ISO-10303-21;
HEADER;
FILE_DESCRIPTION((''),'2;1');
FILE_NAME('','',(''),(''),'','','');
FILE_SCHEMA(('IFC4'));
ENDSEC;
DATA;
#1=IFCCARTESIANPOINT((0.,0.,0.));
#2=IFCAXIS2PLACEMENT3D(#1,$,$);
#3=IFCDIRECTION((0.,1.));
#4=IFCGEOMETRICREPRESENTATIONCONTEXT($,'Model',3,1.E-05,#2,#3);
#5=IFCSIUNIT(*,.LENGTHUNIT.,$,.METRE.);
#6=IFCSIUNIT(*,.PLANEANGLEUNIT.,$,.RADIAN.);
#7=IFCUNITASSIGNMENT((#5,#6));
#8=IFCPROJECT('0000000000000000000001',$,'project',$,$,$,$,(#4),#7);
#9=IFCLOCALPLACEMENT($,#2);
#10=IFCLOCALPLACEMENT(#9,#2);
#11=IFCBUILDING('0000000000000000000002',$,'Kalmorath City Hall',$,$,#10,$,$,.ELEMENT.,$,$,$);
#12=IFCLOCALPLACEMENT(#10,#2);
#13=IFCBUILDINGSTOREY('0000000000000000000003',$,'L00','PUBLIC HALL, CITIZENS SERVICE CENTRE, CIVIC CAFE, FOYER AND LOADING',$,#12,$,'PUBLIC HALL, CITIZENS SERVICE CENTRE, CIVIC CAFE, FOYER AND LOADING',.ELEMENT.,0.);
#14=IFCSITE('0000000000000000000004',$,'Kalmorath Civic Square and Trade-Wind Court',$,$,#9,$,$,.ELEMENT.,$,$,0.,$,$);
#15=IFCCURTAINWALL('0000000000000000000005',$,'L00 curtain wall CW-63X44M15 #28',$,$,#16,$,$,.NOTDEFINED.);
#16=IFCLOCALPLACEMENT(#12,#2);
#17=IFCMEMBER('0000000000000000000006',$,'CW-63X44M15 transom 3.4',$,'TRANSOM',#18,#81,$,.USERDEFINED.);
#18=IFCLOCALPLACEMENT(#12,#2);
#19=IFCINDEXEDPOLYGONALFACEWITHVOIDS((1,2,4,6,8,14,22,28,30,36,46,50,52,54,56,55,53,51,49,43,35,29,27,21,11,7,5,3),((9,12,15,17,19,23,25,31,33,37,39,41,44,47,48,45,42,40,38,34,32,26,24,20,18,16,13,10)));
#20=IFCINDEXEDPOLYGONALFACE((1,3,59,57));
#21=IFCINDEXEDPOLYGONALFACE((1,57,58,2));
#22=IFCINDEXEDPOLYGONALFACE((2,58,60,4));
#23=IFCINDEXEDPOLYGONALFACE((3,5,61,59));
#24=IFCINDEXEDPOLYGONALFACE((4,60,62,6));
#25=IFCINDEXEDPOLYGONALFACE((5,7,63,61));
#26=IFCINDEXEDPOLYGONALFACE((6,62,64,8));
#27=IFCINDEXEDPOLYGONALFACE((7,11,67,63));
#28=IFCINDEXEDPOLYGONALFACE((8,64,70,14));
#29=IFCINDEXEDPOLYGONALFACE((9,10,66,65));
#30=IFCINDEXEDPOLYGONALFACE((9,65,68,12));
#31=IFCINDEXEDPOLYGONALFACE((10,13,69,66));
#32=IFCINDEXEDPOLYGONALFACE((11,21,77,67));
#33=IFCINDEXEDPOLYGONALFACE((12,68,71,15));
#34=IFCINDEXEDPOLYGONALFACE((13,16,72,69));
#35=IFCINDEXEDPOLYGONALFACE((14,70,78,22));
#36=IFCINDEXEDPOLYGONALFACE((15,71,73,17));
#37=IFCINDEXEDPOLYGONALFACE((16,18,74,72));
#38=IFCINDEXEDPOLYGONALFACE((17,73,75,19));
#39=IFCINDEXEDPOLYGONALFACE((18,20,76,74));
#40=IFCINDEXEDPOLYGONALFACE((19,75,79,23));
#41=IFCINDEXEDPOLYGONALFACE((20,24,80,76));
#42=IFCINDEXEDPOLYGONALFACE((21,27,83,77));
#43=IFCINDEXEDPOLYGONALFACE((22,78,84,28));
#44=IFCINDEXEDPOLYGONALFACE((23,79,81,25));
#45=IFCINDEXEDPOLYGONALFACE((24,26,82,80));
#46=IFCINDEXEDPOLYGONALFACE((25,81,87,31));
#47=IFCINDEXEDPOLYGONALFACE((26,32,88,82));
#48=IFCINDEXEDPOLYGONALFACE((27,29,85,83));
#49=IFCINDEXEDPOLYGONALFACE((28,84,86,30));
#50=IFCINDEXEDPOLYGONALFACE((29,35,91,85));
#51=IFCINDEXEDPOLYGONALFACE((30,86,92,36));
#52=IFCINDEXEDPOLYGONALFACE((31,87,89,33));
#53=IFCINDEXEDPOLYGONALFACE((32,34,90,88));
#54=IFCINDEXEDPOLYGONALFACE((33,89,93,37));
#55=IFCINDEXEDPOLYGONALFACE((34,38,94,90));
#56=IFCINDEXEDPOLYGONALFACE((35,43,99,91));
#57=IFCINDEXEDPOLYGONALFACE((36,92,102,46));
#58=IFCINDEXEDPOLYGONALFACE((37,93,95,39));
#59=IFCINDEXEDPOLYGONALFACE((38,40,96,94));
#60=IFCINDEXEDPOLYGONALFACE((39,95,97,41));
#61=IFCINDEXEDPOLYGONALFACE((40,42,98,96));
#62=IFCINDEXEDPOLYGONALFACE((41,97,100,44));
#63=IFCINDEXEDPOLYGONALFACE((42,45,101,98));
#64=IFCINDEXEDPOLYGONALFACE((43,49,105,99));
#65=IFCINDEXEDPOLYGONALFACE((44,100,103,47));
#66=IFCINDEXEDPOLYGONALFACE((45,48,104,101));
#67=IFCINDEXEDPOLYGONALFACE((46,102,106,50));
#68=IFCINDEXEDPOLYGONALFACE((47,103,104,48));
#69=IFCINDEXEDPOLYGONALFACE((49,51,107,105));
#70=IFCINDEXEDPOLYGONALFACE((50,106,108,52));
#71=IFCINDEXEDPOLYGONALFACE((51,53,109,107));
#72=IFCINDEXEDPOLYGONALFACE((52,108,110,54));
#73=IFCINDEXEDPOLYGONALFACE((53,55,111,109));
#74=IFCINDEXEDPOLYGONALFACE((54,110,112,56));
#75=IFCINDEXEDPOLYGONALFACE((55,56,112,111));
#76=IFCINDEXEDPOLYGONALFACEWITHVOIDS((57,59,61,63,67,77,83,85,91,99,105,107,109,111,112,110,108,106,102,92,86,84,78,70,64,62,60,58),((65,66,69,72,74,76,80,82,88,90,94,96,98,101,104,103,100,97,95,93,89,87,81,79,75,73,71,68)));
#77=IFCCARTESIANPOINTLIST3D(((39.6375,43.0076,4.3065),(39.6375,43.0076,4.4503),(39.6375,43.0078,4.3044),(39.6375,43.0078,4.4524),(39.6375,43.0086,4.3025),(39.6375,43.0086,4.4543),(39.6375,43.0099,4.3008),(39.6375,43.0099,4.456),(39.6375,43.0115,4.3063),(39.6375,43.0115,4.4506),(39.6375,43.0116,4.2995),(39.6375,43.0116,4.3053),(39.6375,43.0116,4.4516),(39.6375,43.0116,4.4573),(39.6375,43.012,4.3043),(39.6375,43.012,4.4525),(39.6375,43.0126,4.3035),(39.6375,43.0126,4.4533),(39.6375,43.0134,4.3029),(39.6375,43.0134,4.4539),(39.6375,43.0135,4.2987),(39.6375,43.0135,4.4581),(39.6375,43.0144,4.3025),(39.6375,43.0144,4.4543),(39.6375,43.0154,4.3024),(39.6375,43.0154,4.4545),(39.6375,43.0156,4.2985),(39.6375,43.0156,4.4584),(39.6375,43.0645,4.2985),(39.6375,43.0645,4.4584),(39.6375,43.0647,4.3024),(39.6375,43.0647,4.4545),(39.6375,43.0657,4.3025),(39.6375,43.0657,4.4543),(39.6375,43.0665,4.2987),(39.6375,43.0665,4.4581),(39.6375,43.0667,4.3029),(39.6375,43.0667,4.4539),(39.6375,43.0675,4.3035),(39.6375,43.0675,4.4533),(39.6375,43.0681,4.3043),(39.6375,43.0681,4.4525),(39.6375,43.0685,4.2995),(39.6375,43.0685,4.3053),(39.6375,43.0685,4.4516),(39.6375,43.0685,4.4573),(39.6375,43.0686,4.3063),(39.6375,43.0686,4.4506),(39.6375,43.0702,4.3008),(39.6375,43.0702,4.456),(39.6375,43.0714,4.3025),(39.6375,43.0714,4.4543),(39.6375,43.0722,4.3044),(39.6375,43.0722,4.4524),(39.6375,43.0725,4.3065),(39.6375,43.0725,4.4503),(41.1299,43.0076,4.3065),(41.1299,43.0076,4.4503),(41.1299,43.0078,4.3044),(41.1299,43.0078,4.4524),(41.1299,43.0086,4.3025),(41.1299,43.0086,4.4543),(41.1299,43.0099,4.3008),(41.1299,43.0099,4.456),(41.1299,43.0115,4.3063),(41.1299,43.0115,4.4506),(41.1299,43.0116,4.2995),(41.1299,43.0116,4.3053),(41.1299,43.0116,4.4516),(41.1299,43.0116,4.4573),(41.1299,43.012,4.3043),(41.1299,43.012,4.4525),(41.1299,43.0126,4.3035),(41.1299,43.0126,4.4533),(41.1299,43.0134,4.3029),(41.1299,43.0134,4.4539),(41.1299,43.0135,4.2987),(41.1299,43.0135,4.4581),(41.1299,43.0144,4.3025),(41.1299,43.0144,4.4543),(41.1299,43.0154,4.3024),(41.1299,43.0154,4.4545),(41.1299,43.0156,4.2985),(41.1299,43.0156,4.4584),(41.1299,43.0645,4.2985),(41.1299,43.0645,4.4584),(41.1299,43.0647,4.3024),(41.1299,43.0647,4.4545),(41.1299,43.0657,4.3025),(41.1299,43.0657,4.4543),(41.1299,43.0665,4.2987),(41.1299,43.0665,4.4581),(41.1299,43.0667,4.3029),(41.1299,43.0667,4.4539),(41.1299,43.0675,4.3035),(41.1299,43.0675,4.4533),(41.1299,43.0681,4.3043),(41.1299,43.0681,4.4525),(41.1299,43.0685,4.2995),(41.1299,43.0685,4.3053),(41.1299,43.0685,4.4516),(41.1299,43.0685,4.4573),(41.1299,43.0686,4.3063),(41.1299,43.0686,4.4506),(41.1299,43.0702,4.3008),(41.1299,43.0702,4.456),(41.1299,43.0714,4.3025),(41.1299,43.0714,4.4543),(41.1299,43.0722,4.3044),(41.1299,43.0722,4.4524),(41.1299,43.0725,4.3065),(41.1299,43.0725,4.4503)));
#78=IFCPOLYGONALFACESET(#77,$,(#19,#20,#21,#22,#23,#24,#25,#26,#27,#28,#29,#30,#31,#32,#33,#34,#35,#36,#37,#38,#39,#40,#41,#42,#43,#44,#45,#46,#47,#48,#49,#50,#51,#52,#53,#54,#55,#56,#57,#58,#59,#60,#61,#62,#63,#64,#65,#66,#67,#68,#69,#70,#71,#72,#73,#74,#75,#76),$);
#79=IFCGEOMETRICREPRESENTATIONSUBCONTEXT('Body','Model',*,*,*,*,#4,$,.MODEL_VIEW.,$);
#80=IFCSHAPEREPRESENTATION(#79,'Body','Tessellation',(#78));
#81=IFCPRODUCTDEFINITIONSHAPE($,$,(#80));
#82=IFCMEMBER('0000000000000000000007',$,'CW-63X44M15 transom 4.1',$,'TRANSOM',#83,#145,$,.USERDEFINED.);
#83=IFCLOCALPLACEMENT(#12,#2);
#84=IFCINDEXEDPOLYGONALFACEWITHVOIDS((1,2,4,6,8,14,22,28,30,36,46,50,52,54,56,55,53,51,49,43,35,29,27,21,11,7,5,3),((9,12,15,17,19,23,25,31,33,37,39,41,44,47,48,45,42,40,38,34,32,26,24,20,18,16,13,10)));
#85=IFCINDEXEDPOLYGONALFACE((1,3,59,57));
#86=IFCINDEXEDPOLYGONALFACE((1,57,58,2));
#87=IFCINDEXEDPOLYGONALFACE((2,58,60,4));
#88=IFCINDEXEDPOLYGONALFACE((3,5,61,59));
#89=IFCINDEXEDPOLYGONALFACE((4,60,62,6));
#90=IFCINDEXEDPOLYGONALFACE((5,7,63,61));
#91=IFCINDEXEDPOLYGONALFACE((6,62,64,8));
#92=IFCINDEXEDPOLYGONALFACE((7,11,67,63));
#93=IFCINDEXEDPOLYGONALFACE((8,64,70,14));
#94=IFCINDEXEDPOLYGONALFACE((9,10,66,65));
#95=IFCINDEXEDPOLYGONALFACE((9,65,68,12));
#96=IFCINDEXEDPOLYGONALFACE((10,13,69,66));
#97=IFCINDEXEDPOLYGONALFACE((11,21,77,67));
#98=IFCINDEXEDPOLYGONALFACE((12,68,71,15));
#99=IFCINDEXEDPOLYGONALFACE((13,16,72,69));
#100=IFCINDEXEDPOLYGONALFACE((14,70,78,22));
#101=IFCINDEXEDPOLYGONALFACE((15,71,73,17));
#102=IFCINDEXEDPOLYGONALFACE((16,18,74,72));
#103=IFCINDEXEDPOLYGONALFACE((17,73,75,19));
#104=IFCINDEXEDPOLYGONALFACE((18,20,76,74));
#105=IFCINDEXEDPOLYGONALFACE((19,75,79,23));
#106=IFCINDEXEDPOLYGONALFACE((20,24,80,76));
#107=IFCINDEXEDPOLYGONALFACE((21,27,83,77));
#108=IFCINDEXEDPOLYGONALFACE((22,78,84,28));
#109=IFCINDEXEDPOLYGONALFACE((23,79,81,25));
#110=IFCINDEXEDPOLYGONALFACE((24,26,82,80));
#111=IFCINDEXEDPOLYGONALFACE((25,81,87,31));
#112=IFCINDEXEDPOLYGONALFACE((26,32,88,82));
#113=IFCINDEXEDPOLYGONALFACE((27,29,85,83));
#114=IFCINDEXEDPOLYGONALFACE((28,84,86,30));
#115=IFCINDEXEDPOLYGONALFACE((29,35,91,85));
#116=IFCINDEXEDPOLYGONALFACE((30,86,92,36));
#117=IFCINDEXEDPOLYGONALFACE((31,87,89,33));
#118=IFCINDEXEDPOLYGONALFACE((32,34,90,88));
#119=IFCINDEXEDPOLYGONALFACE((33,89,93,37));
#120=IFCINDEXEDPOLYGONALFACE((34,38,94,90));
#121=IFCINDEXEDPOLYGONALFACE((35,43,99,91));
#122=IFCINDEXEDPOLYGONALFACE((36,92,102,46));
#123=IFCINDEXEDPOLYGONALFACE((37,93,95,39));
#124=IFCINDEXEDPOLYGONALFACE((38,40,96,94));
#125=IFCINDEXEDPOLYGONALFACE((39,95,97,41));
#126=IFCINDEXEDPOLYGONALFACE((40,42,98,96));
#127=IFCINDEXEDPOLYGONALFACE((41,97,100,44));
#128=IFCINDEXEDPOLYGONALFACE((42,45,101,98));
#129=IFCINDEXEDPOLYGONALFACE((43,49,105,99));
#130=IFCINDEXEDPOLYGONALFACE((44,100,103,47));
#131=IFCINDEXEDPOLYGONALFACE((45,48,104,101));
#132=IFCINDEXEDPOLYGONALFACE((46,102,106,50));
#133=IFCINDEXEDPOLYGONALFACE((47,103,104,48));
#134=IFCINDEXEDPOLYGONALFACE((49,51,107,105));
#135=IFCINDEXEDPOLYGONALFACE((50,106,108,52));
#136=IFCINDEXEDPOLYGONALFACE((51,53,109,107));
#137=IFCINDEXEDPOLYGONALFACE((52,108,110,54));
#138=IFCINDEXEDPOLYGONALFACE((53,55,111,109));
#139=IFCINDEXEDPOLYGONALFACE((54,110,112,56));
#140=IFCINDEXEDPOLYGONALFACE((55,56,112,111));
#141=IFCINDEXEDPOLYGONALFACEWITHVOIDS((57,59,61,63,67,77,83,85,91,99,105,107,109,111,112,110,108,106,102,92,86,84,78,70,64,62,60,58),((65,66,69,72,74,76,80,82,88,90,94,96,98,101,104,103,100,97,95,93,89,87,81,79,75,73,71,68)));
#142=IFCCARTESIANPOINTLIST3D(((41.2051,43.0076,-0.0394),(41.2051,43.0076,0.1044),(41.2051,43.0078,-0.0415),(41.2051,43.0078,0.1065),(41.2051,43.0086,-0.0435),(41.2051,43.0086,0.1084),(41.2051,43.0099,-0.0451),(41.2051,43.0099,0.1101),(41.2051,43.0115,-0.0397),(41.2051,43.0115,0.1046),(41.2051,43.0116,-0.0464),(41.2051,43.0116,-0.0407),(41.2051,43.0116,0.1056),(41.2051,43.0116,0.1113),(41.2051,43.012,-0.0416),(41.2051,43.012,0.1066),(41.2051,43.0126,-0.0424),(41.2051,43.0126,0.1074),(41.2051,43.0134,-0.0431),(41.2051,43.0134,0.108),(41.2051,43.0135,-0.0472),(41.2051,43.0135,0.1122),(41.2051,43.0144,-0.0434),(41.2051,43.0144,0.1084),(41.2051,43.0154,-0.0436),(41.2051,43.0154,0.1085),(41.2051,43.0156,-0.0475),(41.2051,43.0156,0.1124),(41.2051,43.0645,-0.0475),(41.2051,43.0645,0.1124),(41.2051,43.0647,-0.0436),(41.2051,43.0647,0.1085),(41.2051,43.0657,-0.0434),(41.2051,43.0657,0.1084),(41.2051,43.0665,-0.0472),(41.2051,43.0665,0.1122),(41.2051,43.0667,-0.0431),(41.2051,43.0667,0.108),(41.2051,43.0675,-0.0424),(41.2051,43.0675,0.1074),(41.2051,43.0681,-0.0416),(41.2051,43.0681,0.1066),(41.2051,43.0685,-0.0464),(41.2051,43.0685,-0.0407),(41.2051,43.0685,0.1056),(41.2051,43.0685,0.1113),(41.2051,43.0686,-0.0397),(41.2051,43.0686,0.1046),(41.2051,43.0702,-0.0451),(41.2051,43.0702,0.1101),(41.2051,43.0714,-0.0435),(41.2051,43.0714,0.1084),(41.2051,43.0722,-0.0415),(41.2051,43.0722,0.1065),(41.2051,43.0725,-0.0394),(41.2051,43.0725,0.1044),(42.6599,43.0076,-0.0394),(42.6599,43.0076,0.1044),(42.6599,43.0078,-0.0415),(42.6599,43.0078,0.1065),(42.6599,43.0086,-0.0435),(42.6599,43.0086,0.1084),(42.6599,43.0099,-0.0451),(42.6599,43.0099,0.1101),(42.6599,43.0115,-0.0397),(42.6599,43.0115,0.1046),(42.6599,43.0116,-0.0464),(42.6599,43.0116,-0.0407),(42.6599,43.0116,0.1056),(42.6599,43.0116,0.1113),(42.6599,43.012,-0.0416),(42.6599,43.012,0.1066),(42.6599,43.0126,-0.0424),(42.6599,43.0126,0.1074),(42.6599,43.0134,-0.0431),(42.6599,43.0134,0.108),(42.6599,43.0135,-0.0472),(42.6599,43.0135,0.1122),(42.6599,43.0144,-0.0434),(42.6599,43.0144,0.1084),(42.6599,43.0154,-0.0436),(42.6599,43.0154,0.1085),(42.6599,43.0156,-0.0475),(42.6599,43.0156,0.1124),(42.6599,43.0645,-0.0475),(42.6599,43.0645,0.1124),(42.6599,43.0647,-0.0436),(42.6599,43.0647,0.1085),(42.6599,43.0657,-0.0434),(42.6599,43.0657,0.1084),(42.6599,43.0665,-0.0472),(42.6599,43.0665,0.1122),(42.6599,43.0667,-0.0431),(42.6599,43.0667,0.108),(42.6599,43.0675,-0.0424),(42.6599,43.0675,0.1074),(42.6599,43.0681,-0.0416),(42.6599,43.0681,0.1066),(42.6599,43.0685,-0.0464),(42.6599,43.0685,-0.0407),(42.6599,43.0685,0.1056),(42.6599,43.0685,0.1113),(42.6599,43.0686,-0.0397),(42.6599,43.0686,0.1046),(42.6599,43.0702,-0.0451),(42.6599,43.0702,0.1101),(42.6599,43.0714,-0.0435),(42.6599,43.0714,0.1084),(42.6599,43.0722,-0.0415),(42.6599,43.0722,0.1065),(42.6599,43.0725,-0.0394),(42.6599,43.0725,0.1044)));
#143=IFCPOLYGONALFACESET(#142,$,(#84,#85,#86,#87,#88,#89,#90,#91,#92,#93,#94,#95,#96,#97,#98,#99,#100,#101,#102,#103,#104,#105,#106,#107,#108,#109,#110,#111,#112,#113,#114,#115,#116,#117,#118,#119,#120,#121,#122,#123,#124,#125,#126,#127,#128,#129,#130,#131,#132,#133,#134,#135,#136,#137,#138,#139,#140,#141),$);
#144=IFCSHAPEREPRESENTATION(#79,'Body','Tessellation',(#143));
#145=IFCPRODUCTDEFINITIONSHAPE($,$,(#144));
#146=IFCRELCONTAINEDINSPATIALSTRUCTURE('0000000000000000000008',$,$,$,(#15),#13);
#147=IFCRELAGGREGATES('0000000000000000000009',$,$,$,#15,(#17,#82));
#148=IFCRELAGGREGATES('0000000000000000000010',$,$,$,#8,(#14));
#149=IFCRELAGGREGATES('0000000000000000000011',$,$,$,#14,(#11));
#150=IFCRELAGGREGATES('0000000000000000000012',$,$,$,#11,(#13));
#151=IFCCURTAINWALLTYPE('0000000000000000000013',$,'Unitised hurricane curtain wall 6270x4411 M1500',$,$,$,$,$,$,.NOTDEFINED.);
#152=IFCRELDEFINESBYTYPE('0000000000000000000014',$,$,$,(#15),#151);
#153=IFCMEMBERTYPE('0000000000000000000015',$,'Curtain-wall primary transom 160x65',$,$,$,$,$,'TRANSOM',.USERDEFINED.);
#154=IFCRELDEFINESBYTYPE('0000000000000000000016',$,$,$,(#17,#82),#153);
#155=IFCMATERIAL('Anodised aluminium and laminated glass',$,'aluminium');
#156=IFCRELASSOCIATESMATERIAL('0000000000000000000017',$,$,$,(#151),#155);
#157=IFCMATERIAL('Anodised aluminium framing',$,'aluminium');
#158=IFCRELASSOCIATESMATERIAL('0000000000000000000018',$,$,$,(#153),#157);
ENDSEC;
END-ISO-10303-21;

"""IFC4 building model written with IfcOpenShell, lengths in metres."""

from ifc_helpers import new_model, si_unit, direction, frame, origin, origin_2d, place, context, subcontext, project, spatial, hollow_rectangle, extrude, material, material_profile, profile_set, type_object, element, aggregate, save


model = new_model("IFC4")

# Units and contexts
model_context = context("Model", 3, precision=1e-05, world=origin(), true_north=direction((0.0, 1.0)))
body_context = subcontext(model_context, "Body", "Model", "MODEL_VIEW")
ifc_project = project(units=[si_unit("LENGTHUNIT", "METRE"), si_unit("PLANEANGLEUNIT", "RADIAN")], contexts=[model_context])

# Site, building, storey
site_placement = place(None, origin())
site = spatial("IfcSite", under=ifc_project, at=site_placement, Name="Kalmorath Civic Square and Trade-Wind Court", CompositionType="ELEMENT", RefElevation=0.0)
building_placement = place(site_placement, origin())
building = spatial("IfcBuilding", under=site, at=building_placement, Name="Kalmorath City Hall", CompositionType="ELEMENT")
storey_placement = place(building_placement, origin())
storey = spatial("IfcBuildingStorey", under=building, at=storey_placement, Name="L00", Description="PUBLIC HALL, CITIZENS SERVICE CENTRE, CIVIC CAFE, FOYER AND LOADING", LongName="PUBLIC HALL, CITIZENS SERVICE CENTRE, CIVIC CAFE, FOYER AND LOADING", CompositionType="ELEMENT", Elevation=0.0)

# Curtain wall
ifc_material_1 = material(Name="Anodised aluminium and laminated glass", Category="aluminium")
curtain_wall_type_1 = type_object("IfcCurtainWallType", Name="Unitised hurricane curtain wall 6270x4411 M1500", PredefinedType="NOTDEFINED", material=ifc_material_1)
curtain_wall_1_placement = place(storey_placement, origin())
curtain_wall_1 = element("IfcCurtainWall", 1, at=curtain_wall_1_placement, inside=storey, type_object=curtain_wall_type_1, Name="L00 curtain wall CW-63X44M15 #28", PredefinedType="NOTDEFINED")

# Members
ifc_material_2 = material(Name="Anodised aluminium framing", Category="aluminium")
ifc_material_profile_1 = material_profile(ifc_material_2, hollow_rectangle(XDim=0.0649, YDim=0.1599, WallThickness=0.0039, InnerFilletRadius=0.0039, OuterFilletRadius=0.0081, at=origin_2d()), Name="ALU-TRN-160X65X4")
ifc_profile_set_1 = profile_set([ifc_material_profile_1], Name="Anodised aluminium framing")
member_type_1 = type_object("IfcMemberType", Name="Curtain-wall primary transom 160x65", ElementType="TRANSOM", PredefinedType="USERDEFINED", material=ifc_profile_set_1)
member_1_placement = place(storey_placement, frame((39.6375, 43.04, 4.3784), z_axis=(1.0, 0.0, 0.0), x_axis=(0.0, 1.0, 0.0)))
member_1 = element("IfcMember", 2, at=member_1_placement, type_object=member_type_1, Name="CW-63X44M15 transom 3.4", ObjectType="TRANSOM", PredefinedType="USERDEFINED", context=body_context, shape_type="SweptSolid", body=[
    extrude(hollow_rectangle(XDim=0.0649, YDim=0.1599, WallThickness=0.0039, InnerFilletRadius=0.0039, OuterFilletRadius=0.0081, at=origin_2d()), origin(), (0.0, 0.0, 1.0), 1.4924),
])
member_2_placement = place(storey_placement, frame((41.2051, 43.04, 0.0325), z_axis=(1.0, 0.0, 0.0), x_axis=(0.0, 1.0, 0.0)))
member_2 = element("IfcMember", 3, at=member_2_placement, type_object=member_type_1, Name="CW-63X44M15 transom 4.1", ObjectType="TRANSOM", PredefinedType="USERDEFINED", context=body_context, shape_type="SweptSolid", body=[
    extrude(hollow_rectangle(XDim=0.0649, YDim=0.1599, WallThickness=0.0039, InnerFilletRadius=0.0039, OuterFilletRadius=0.0081, at=origin_2d()), origin(), (0.0, 0.0, 1.0), 1.4548),
])

aggregate(curtain_wall_1, [member_1, member_2])

save(model, "model.ifc")
